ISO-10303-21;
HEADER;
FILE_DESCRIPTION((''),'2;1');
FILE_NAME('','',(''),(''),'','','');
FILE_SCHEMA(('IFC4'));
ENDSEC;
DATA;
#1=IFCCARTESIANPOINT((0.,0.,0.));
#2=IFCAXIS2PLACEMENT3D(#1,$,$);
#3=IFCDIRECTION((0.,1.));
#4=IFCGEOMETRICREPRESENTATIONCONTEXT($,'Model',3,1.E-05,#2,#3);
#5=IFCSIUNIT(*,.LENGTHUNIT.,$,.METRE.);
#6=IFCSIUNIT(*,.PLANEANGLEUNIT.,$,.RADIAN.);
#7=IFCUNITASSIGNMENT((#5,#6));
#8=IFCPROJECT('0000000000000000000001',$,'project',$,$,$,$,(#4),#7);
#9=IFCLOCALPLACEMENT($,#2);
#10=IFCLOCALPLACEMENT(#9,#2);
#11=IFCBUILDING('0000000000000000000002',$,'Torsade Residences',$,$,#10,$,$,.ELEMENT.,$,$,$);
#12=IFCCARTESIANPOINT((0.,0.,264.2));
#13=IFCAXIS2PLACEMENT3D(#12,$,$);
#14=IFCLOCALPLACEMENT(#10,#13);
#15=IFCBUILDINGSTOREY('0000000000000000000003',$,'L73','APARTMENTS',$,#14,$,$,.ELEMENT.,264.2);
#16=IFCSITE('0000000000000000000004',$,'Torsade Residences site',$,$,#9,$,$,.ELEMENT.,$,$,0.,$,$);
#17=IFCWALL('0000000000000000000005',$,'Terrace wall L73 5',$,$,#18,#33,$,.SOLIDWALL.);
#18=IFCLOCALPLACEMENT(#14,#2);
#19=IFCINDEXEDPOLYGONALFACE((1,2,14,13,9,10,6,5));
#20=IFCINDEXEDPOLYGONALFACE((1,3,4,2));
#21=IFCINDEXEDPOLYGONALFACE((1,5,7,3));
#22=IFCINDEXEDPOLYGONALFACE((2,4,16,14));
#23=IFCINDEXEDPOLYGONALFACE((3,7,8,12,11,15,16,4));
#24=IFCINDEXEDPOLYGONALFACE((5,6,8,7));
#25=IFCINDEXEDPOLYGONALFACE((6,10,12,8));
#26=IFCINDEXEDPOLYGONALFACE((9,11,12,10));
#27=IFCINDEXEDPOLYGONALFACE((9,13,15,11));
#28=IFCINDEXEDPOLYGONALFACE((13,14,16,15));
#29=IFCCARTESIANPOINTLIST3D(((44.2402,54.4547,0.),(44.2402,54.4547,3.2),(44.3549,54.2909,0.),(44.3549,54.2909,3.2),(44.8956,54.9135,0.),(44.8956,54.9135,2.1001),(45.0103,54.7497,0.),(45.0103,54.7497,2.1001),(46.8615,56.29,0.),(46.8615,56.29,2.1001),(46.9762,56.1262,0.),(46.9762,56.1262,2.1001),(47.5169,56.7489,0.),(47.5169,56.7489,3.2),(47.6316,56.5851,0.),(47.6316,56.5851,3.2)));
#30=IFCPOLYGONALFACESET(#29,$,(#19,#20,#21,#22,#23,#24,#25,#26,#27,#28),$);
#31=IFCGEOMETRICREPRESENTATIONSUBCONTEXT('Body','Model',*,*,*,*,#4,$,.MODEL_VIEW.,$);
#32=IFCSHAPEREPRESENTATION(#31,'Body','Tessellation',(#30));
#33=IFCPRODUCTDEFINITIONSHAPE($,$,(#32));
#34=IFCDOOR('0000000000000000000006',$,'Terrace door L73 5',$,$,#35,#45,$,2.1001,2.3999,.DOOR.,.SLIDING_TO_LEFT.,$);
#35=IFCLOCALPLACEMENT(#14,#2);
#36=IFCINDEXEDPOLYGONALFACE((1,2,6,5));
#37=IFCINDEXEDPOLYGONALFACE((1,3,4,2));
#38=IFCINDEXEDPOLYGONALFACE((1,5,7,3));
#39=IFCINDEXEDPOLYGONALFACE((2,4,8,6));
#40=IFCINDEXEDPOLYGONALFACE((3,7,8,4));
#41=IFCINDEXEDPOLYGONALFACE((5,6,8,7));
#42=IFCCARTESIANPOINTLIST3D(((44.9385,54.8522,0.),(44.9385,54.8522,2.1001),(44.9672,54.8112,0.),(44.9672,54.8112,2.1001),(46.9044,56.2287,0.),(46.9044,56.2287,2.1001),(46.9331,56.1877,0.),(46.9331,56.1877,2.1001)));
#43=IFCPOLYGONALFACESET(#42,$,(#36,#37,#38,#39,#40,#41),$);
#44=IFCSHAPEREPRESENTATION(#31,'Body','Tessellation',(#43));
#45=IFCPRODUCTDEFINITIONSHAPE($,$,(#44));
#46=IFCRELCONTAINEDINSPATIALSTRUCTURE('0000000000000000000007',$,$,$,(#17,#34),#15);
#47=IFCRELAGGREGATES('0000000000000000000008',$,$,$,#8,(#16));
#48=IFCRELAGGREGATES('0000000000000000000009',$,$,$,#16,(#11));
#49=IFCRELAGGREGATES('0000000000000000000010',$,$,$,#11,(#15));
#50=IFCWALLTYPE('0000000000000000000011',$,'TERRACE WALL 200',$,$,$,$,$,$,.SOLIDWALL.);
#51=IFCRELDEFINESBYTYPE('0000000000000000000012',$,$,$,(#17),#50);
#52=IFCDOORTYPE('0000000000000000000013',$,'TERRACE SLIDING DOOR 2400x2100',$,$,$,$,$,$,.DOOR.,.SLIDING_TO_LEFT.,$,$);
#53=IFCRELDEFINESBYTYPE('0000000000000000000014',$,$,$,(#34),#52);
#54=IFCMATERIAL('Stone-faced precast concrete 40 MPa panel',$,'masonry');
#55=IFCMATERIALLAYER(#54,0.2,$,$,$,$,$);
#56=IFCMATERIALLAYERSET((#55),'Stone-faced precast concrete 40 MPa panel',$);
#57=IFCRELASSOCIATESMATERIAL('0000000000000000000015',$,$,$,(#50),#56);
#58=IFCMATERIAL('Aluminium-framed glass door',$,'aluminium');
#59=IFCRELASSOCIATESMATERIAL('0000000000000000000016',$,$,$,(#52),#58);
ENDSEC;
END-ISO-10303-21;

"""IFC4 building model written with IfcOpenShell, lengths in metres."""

from ifc_helpers import new_model, si_unit, direction, frame, frame_2d, origin, place, context, subcontext, project, spatial, rectangle, extrude, material, layer, layer_set, type_object, element, fill, save


model = new_model("IFC4")

# Units and contexts
model_context = context("Model", 3, precision=1e-05, world=origin(), true_north=direction((0.0, 1.0)))
body_context = subcontext(model_context, "Body", "Model", "MODEL_VIEW")
ifc_project = project(units=[si_unit("LENGTHUNIT", "METRE"), si_unit("PLANEANGLEUNIT", "RADIAN")], contexts=[model_context])

# Site, building, storey
site_placement = place(None, origin())
site = spatial("IfcSite", under=ifc_project, at=site_placement, Name="Torsade Residences site", CompositionType="ELEMENT", RefElevation=0.0)
building_placement = place(site_placement, origin())
building = spatial("IfcBuilding", under=site, at=building_placement, Name="Torsade Residences", CompositionType="ELEMENT")
storey_placement = place(building_placement, frame((0.0, 0.0, 264.2)))
storey = spatial("IfcBuildingStorey", under=building, at=storey_placement, Name="L73", Description="APARTMENTS", CompositionType="ELEMENT", Elevation=264.2)

# Wall, opening, door
ifc_material_1 = material(Name="Stone-faced precast concrete 40 MPa panel", Category="masonry")
ifc_layer_1 = layer(ifc_material_1, 0.2)
ifc_layer_set_1 = layer_set([ifc_layer_1], Name="Stone-faced precast concrete 40 MPa panel")
wall_type_1 = type_object("IfcWallType", Name="TERRACE WALL 200", PredefinedType="SOLIDWALL", material=ifc_layer_set_1)
wall_1_placement = place(storey_placement, frame((47.5742, 56.667, 0.0), z_axis=(0.0, 0.0, 1.0), x_axis=(-0.819166, -0.573557, 0.0)))
wall_1 = element("IfcWall", 1, at=wall_1_placement, inside=storey, type_object=wall_type_1, Name="Terrace wall L73 5", PredefinedType="SOLIDWALL", context=body_context, shape_type="SweptSolid", body=[
    extrude(rectangle(XDim=4.0, YDim=0.2, at=frame_2d((2.0, 0.0))), origin(), (0.0, 0.0, 1.0), 3.2),
])
opening_1_placement = place(wall_1_placement, frame((0.8, 0.0, 0.0)))
opening_1 = element("IfcOpeningElement", 2, at=opening_1_placement, cuts=wall_1, PredefinedType="OPENING", context=body_context, shape_type="SweptSolid", body=[
    extrude(rectangle(XDim=2.3999, YDim=2.1001, at=frame_2d((1.2, 1.05))), frame((0.0, 0.1099, 0.0), z_axis=(0.0, -1.0, 0.0), x_axis=(1.0, 0.0, 0.0)), (0.0, 0.0, 1.0), 0.22),
])
ifc_material_2 = material(Name="Aluminium-framed glass door", Category="aluminium")
door_type_1 = type_object("IfcDoorType", Name="TERRACE SLIDING DOOR 2400x2100", OperationType="SLIDING_TO_LEFT", PredefinedType="DOOR", material=ifc_material_2)
door_1_placement = place(opening_1_placement, origin())
door_1 = element("IfcDoor", 3, at=door_1_placement, inside=storey, type_object=door_type_1, Name="Terrace door L73 5", OperationType="SLIDING_TO_LEFT", OverallHeight=2.1001, OverallWidth=2.3999, PredefinedType="DOOR", context=body_context, shape_type="SweptSolid", body=[
    extrude(rectangle(XDim=2.3999, YDim=2.1001, at=frame_2d((1.2, 1.05))), frame((0.0, 0.0249, 0.0), z_axis=(0.0, -1.0, 0.0), x_axis=(1.0, 0.0, 0.0)), (0.0, 0.0, 1.0), 0.05),
])
fill(opening_1, door_1)

save(model, "model.ifc")
